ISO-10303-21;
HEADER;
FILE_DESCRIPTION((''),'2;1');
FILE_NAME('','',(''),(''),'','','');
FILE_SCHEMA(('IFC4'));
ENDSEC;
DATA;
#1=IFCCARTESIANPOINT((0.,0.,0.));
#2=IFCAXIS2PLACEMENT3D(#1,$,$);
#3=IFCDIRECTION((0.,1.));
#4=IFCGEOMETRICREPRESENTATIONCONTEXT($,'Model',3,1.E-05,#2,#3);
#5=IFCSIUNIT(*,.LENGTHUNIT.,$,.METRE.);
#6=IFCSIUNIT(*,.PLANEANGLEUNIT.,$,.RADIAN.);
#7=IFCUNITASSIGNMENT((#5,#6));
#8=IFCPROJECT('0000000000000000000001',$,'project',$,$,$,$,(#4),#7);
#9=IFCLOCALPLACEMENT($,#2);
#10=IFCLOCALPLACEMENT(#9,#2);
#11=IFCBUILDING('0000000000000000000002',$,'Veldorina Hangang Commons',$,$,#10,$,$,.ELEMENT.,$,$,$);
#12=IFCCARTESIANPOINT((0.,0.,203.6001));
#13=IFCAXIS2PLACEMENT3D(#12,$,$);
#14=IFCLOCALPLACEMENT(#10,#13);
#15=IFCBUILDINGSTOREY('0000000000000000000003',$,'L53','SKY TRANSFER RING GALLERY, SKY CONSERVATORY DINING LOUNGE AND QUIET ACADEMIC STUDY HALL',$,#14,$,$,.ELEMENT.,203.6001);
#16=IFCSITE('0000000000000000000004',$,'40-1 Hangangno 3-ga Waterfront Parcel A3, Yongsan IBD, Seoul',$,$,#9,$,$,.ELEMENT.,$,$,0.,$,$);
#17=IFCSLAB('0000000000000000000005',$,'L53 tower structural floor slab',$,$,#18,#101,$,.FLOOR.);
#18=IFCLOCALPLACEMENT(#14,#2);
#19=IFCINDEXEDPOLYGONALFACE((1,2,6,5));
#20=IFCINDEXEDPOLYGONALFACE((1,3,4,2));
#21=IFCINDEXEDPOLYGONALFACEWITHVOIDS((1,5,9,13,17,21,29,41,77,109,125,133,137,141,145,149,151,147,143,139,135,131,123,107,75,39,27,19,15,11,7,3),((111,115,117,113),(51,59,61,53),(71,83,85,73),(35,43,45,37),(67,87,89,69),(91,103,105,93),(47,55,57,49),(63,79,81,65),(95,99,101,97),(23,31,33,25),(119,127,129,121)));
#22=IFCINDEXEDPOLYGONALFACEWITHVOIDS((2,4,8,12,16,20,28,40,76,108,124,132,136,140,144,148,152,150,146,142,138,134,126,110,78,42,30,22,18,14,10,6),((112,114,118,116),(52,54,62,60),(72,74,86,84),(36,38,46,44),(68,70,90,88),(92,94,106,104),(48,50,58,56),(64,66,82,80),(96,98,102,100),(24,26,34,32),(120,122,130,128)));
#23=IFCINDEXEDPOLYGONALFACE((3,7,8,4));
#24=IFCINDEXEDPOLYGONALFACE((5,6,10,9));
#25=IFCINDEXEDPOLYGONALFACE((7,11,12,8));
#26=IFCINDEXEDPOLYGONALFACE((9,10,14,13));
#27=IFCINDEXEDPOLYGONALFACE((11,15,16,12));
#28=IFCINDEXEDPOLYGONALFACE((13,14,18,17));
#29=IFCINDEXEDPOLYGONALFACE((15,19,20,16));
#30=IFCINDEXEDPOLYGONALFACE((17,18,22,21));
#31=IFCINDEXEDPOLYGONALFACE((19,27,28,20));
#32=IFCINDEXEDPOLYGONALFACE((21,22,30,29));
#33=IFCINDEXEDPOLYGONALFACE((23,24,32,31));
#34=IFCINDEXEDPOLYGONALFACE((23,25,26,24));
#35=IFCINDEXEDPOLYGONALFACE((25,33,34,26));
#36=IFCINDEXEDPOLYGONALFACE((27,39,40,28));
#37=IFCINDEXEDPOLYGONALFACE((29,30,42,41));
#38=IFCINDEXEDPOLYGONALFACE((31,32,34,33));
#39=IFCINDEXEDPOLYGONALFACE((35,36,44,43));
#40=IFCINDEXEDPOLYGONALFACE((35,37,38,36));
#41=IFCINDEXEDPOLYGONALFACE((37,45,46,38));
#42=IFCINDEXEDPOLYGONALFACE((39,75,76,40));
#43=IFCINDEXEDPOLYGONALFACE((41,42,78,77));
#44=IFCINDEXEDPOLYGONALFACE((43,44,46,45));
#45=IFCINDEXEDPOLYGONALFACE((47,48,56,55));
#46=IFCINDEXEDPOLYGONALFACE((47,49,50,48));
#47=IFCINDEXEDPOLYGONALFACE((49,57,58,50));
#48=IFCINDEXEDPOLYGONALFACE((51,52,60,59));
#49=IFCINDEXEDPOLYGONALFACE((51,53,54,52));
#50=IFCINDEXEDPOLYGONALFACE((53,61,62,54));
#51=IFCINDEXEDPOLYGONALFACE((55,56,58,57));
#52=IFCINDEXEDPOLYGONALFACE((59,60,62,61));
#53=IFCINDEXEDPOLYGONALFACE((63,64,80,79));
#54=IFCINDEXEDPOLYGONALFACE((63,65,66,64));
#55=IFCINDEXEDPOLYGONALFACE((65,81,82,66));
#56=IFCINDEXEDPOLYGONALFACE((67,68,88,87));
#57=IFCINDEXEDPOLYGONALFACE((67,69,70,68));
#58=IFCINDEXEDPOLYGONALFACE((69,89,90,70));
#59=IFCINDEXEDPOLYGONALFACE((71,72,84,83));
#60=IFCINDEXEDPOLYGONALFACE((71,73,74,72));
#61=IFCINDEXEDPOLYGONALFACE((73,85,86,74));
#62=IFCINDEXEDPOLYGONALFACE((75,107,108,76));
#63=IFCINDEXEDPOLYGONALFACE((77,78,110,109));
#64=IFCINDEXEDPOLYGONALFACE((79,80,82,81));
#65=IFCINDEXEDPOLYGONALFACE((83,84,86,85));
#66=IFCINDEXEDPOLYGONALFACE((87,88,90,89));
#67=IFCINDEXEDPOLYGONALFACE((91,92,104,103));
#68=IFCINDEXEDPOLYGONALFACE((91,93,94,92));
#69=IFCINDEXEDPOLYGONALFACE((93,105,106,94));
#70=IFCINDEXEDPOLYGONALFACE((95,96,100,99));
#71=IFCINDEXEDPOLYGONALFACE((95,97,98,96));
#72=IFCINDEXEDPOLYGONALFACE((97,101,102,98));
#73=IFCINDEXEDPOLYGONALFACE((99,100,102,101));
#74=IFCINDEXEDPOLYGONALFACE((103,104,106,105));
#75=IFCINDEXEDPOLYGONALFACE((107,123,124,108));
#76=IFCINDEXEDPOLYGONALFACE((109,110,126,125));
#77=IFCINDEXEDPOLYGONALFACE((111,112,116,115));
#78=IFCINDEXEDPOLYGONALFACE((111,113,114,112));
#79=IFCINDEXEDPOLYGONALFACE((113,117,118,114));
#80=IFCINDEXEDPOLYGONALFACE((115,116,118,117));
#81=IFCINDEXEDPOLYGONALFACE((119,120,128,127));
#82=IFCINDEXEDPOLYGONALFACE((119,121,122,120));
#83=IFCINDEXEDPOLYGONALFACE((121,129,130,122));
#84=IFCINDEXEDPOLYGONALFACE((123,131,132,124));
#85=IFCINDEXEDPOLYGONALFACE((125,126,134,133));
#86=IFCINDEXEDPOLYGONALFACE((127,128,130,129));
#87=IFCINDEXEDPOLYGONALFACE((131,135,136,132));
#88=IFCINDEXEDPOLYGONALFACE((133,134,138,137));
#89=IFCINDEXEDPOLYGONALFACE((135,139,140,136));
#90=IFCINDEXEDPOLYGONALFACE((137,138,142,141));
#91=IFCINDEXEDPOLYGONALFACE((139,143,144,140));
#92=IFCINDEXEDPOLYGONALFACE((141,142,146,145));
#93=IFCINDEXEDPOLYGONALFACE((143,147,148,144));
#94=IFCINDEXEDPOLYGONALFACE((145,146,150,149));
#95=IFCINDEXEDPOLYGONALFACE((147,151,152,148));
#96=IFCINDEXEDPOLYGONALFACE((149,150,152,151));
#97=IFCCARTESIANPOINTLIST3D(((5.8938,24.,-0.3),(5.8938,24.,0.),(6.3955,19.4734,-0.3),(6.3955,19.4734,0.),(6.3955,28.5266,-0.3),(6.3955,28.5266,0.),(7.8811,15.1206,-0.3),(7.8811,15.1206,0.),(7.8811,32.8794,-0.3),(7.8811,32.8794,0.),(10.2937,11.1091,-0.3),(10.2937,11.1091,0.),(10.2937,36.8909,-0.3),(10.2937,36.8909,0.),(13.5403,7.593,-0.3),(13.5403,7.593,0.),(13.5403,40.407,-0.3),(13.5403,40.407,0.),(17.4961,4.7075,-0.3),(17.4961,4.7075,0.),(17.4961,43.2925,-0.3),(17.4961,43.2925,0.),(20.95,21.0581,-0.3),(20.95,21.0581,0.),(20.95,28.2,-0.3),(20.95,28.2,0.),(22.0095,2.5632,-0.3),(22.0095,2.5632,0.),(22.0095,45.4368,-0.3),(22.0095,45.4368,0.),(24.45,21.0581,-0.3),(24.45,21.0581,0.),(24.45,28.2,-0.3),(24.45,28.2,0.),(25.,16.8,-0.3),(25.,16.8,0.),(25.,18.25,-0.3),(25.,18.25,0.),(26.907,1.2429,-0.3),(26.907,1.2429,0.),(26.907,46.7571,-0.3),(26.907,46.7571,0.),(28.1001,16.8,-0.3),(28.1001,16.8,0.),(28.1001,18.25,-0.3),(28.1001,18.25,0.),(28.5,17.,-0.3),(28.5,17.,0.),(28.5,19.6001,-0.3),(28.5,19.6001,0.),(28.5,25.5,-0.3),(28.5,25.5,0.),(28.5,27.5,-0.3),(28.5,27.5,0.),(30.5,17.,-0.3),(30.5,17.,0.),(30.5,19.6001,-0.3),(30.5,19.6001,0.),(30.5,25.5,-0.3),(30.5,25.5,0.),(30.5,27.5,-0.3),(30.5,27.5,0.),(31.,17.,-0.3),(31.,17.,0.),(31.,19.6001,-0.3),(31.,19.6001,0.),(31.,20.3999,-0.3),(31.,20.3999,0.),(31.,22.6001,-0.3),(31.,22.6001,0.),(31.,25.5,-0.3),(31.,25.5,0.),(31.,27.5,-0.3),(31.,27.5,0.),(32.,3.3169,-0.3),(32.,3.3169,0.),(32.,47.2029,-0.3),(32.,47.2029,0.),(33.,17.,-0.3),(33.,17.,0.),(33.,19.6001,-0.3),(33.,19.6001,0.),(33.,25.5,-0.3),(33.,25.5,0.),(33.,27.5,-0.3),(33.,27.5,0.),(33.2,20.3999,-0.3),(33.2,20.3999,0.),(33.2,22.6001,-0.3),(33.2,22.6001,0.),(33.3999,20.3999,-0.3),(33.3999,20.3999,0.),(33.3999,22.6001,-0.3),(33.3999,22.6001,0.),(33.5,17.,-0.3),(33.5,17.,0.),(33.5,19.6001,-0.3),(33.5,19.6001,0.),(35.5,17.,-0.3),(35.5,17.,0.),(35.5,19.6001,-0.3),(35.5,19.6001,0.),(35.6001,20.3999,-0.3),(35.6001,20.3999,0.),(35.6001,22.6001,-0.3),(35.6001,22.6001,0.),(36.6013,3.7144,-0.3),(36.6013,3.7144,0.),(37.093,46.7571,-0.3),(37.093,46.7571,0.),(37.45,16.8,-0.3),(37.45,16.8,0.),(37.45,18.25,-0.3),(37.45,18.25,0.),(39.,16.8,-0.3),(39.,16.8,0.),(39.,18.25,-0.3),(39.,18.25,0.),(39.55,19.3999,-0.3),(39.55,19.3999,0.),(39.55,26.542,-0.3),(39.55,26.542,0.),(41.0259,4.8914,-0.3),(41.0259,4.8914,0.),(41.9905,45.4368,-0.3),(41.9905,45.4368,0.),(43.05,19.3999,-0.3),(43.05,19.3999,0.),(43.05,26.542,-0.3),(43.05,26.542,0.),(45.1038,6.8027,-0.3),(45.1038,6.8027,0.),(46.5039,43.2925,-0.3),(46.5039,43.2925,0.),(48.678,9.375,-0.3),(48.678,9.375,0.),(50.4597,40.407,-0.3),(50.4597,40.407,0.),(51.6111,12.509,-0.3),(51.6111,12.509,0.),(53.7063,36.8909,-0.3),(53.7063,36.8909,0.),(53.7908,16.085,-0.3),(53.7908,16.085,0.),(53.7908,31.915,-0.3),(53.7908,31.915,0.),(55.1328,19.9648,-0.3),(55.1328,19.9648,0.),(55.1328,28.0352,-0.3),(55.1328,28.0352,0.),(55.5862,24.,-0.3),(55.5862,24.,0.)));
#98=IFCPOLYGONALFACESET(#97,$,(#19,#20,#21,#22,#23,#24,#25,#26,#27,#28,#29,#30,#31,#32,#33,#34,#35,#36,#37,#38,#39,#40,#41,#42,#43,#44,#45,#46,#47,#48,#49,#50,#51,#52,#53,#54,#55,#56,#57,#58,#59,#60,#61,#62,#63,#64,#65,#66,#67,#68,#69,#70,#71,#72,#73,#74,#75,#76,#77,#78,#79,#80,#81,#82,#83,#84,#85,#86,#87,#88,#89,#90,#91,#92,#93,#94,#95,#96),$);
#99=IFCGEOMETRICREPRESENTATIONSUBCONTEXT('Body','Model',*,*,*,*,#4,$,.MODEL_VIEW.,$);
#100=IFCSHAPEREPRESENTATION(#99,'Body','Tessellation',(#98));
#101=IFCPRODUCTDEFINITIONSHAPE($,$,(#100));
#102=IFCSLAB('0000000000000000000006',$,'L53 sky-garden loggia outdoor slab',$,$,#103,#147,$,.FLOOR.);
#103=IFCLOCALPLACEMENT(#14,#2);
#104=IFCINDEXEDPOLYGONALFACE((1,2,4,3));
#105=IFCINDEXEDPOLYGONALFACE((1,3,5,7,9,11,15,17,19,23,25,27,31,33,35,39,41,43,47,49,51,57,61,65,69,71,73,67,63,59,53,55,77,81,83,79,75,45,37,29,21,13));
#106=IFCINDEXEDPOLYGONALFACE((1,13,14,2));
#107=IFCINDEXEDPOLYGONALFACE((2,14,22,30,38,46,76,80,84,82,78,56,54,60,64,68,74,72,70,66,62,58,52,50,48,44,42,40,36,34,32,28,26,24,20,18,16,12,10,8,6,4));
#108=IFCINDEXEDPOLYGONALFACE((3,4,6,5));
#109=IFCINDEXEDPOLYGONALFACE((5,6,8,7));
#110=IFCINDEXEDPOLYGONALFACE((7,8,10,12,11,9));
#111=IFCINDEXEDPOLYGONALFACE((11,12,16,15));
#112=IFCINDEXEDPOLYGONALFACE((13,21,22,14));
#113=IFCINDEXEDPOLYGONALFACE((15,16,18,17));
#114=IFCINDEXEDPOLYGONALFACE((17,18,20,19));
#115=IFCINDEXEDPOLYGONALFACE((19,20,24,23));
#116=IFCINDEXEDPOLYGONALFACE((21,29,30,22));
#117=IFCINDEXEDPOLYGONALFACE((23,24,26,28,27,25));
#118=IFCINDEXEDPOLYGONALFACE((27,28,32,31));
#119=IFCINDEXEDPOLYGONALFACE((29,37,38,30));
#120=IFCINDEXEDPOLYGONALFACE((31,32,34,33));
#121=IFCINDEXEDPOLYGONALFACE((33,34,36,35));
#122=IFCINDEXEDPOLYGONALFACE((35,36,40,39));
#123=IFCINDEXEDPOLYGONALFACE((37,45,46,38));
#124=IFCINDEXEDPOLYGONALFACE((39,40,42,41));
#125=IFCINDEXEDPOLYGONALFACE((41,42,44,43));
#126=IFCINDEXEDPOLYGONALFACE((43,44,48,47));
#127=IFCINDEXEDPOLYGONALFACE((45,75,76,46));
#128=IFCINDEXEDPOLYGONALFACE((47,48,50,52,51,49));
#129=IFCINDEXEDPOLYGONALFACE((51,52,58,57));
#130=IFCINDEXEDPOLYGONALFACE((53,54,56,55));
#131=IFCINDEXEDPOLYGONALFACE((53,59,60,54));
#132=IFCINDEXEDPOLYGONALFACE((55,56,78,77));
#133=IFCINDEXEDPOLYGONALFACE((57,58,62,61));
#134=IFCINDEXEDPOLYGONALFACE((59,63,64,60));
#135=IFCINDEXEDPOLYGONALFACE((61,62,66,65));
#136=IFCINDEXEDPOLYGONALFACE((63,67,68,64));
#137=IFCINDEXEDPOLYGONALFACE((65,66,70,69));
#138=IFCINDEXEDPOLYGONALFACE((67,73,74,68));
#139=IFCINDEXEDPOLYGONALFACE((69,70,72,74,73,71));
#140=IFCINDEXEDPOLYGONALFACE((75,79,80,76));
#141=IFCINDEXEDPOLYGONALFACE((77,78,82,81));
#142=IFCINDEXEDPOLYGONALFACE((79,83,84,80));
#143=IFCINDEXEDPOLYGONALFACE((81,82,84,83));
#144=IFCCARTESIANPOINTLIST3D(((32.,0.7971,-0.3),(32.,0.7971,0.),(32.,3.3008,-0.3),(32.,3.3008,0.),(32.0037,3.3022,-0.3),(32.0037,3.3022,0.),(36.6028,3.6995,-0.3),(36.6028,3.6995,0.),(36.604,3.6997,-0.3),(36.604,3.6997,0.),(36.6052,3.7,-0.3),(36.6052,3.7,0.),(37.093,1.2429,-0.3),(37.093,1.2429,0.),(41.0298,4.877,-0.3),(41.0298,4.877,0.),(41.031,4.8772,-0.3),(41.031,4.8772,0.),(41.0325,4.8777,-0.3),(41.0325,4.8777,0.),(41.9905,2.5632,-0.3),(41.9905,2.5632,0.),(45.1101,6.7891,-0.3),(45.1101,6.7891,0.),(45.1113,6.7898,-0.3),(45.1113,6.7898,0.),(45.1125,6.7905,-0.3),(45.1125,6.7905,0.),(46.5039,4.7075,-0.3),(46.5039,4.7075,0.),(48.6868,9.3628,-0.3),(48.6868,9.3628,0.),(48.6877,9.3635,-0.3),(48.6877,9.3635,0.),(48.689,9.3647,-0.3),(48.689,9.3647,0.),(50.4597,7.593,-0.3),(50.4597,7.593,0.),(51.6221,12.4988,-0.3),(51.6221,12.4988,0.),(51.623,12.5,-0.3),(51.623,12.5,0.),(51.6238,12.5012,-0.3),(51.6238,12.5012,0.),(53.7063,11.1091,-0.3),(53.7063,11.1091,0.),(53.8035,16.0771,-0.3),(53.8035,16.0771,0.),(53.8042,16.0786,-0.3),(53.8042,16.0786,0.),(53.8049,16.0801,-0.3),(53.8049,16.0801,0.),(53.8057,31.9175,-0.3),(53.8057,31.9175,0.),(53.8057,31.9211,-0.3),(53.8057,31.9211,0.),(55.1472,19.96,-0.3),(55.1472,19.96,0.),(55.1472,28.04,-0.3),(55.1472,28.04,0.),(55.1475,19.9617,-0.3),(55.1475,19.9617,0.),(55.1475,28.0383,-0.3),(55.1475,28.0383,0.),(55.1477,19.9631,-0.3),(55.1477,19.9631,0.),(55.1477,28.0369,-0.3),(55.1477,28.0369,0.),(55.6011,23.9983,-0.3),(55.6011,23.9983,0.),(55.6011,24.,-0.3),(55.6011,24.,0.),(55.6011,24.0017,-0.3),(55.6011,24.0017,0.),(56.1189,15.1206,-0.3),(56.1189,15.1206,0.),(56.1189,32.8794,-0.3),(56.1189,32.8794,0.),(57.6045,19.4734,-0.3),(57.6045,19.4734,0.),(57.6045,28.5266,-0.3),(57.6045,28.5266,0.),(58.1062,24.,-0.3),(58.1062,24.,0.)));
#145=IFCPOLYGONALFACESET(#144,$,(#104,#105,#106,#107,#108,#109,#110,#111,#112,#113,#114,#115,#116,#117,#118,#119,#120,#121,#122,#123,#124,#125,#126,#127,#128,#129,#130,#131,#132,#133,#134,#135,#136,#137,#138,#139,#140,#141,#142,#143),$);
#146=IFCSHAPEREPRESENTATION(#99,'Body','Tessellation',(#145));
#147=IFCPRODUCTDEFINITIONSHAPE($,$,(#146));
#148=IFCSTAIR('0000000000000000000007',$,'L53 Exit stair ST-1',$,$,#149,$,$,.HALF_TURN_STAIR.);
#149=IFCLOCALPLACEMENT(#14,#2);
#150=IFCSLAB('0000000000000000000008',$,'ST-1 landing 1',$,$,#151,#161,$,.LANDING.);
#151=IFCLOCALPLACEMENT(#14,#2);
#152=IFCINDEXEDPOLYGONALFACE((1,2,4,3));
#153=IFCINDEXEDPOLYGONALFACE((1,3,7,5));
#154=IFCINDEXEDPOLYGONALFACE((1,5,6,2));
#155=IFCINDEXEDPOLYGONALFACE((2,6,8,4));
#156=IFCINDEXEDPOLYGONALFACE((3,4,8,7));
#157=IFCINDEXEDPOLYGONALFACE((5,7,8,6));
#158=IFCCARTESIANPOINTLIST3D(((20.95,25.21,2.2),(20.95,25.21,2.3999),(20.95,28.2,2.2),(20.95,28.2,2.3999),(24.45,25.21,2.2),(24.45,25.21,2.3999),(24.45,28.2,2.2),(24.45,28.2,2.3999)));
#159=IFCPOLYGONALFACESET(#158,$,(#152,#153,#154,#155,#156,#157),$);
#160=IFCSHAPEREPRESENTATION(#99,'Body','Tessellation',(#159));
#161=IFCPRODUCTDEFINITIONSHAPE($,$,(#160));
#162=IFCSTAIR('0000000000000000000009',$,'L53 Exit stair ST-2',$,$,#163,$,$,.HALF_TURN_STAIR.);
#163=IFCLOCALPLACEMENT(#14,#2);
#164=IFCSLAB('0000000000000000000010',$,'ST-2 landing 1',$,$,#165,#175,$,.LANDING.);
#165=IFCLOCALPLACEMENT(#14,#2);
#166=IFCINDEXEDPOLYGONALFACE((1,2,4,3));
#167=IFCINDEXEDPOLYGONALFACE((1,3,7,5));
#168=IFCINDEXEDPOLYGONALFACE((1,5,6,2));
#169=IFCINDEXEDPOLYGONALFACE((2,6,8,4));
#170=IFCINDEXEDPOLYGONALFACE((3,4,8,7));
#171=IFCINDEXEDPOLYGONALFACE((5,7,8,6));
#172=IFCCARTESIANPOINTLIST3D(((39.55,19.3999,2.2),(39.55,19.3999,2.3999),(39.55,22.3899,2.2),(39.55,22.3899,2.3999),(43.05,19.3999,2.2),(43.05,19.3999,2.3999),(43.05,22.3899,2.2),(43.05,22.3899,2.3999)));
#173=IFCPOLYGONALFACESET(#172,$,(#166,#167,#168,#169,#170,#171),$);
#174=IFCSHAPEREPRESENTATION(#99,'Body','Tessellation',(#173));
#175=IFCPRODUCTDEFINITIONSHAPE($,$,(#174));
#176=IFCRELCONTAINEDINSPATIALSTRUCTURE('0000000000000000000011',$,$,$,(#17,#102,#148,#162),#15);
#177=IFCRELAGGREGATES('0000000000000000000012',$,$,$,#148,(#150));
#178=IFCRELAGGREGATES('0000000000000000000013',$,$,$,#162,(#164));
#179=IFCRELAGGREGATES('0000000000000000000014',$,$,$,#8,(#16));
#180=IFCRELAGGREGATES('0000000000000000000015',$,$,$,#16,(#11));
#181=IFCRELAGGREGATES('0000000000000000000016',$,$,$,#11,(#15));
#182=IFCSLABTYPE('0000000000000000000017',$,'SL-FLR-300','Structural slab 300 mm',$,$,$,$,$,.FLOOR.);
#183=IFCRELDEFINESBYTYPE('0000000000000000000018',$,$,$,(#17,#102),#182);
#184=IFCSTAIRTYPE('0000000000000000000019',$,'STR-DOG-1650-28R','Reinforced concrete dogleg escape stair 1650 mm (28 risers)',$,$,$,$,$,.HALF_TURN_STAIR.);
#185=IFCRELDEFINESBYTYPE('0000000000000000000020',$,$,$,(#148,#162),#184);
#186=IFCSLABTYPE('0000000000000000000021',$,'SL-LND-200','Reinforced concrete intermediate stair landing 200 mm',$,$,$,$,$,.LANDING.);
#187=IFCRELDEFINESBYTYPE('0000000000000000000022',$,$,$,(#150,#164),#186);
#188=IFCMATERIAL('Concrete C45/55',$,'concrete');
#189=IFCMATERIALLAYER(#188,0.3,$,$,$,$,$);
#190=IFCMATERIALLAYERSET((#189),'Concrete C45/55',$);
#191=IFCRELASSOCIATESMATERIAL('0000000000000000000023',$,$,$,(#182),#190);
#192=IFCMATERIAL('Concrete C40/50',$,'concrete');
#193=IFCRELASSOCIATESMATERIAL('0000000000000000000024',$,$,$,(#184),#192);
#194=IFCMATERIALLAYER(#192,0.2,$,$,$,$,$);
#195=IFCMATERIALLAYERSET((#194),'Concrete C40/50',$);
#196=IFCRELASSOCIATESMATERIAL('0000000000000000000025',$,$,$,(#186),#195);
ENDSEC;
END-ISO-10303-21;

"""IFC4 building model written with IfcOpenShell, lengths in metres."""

from ifc_helpers import new_model, si_unit, direction, frame, origin, place, context, subcontext, project, spatial, polyline, outline, extrude, material, layer, layer_set, type_object, element, aggregate, save


model = new_model("IFC4")

# Units and contexts
model_context = context("Model", 3, precision=1e-05, world=origin(), true_north=direction((0.0, 1.0)))
body_context = subcontext(model_context, "Body", "Model", "MODEL_VIEW")
ifc_project = project(units=[si_unit("LENGTHUNIT", "METRE"), si_unit("PLANEANGLEUNIT", "RADIAN")], contexts=[model_context])

# Site, building, storey
site_placement = place(None, origin())
site = spatial("IfcSite", under=ifc_project, at=site_placement, Name="40-1 Hangangno 3-ga Waterfront Parcel A3, Yongsan IBD, Seoul", CompositionType="ELEMENT", RefElevation=0.0)
building_placement = place(site_placement, origin())
building = spatial("IfcBuilding", under=site, at=building_placement, Name="Veldorina Hangang Commons", CompositionType="ELEMENT")
storey_placement = place(building_placement, frame((0.0, 0.0, 203.6001)))
storey = spatial("IfcBuildingStorey", under=building, at=storey_placement, Name="L53", Description="SKY TRANSFER RING GALLERY, SKY CONSERVATORY DINING LOUNGE AND QUIET ACADEMIC STUDY HALL", CompositionType="ELEMENT", Elevation=203.6001)

# Slabs
ifc_material_1 = material(Name="Concrete C45/55", Category="concrete")
ifc_layer_1 = layer(ifc_material_1, 0.3)
ifc_layer_set_1 = layer_set([ifc_layer_1], Name="Concrete C45/55")
slab_type_1 = type_object("IfcSlabType", Name="SL-FLR-300", Description="Structural slab 300 mm", PredefinedType="FLOOR", material=ifc_layer_set_1)
slab_1_placement = place(storey_placement, frame((0.0, 0.0, -0.3)))
element("IfcSlab", 1, at=slab_1_placement, inside=storey, type_object=slab_type_1, Name="L53 tower structural floor slab", PredefinedType="FLOOR", context=body_context, shape_type="SweptSolid", body=[
    extrude(outline(polyline([(55.5862, 24.0), (55.1328, 28.0352), (53.7908, 31.915), (53.7063, 36.8909), (50.4597, 40.407), (46.5039, 43.2925), (41.9905, 45.4368), (37.093, 46.7571), (32.0, 47.2029), (26.907, 46.7571), (22.0095, 45.4368), (17.4961, 43.2925), (13.5403, 40.407), (10.2937, 36.8909), (7.8811, 32.8794), (6.3955, 28.5266), (5.8938, 24.0), (6.3955, 19.4734), (7.8811, 15.1206), (10.2937, 11.1091), (13.5403, 7.593), (17.4961, 4.7075), (22.0095, 2.5632), (26.907, 1.2429), (32.0, 3.3169), (36.6013, 3.7144), (41.0259, 4.8914), (45.1038, 6.8027), (48.678, 9.375), (51.6111, 12.509), (53.7908, 16.085), (55.1328, 19.9648), (55.5862, 24.0)]), holes=[polyline([(20.95, 21.0581), (20.95, 28.2), (24.45, 28.2), (24.45, 21.0581), (20.95, 21.0581)]), polyline([(43.05, 26.542), (43.05, 19.3999), (39.55, 19.3999), (39.55, 26.542), (43.05, 26.542)]), polyline([(28.5, 27.5), (30.5, 27.5), (30.5, 25.5), (28.5, 25.5), (28.5, 27.5)]), polyline([(31.0, 27.5), (33.0, 27.5), (33.0, 25.5), (31.0, 25.5), (31.0, 27.5)]), polyline([(31.0, 22.6001), (33.2, 22.6001), (33.2, 20.3999), (31.0, 20.3999), (31.0, 22.6001)]), polyline([(33.3999, 22.6001), (35.6001, 22.6001), (35.6001, 20.3999), (33.3999, 20.3999), (33.3999, 22.6001)]), polyline([(28.5, 19.6001), (30.5, 19.6001), (30.5, 17.0), (28.5, 17.0), (28.5, 19.6001)]), polyline([(31.0, 19.6001), (33.0, 19.6001), (33.0, 17.0), (31.0, 17.0), (31.0, 19.6001)]), polyline([(33.5, 19.6001), (35.5, 19.6001), (35.5, 17.0), (33.5, 17.0), (33.5, 19.6001)]), polyline([(25.0, 18.25), (28.1001, 18.25), (28.1001, 16.8), (25.0, 16.8), (25.0, 18.25)]), polyline([(37.45, 18.25), (39.0, 18.25), (39.0, 16.8), (37.45, 16.8), (37.45, 18.25)])]), origin(), (0.0, 0.0, 1.0), 0.3),
])
slab_2_placement = place(storey_placement, frame((0.0, 0.0, -0.3)))
element("IfcSlab", 2, at=slab_2_placement, inside=storey, type_object=slab_type_1, Name="L53 sky-garden loggia outdoor slab", PredefinedType="FLOOR", context=body_context, shape_type="SweptSolid", body=[
    extrude(outline(polyline([(56.1189, 32.8794), (57.6045, 28.5266), (58.1062, 24.0), (57.6045, 19.4734), (56.1189, 15.1206), (53.7063, 11.1091), (50.4597, 7.593), (46.5039, 4.7075), (41.9905, 2.5632), (37.093, 1.2429), (32.0, 0.7971), (32.0, 3.3008), (32.0037, 3.3022), (36.6028, 3.6995), (36.604, 3.6997), (36.6052, 3.7), (41.0298, 4.877), (41.031, 4.8772), (41.0325, 4.8777), (45.1101, 6.7891), (45.1113, 6.7898), (45.1125, 6.7905), (48.6868, 9.3628), (48.6877, 9.3635), (48.689, 9.3647), (51.6221, 12.4988), (51.623, 12.5), (51.6238, 12.5012), (53.8035, 16.0771), (53.8042, 16.0786), (53.8049, 16.0801), (55.1472, 19.96), (55.1475, 19.9617), (55.1477, 19.9631), (55.6011, 23.9983), (55.6011, 24.0), (55.6011, 24.0017), (55.1477, 28.0369), (55.1475, 28.0383), (55.1472, 28.04), (53.8057, 31.9175), (53.8057, 31.9211), (56.1189, 32.8794)])), origin(), (0.0, 0.0, 1.0), 0.3),
])

# Stairs, slabs
ifc_material_2 = material(Name="Concrete C40/50", Category="concrete")
stair_type = type_object("IfcStairType", Name="STR-DOG-1650-28R", Description="Reinforced concrete dogleg escape stair 1650 mm (28 risers)", PredefinedType="HALF_TURN_STAIR", material=ifc_material_2)
stair_1_placement = place(storey_placement, origin())
stair_1 = element("IfcStair", 3, at=stair_1_placement, inside=storey, type_object=stair_type, Name="L53 Exit stair ST-1", PredefinedType="HALF_TURN_STAIR")
ifc_layer_2 = layer(ifc_material_2, 0.2)
ifc_layer_set_2 = layer_set([ifc_layer_2], Name="Concrete C40/50")
slab_type_2 = type_object("IfcSlabType", Name="SL-LND-200", Description="Reinforced concrete intermediate stair landing 200 mm", PredefinedType="LANDING", material=ifc_layer_set_2)
slab_3_placement = place(storey_placement, frame((0.0, 0.0, 2.2)))
slab_3 = element("IfcSlab", 4, at=slab_3_placement, type_object=slab_type_2, Name="ST-1 landing 1", PredefinedType="LANDING", context=body_context, shape_type="SweptSolid", body=[
    extrude(outline(polyline([(24.45, 25.21), (24.45, 28.2), (20.95, 28.2), (20.95, 25.21), (24.45, 25.21)])), origin(), (0.0, 0.0, 1.0), 0.2),
])
aggregate(stair_1, [slab_3])
stair_2_placement = place(storey_placement, origin())
stair_2 = element("IfcStair", 5, at=stair_2_placement, inside=storey, type_object=stair_type, Name="L53 Exit stair ST-2", PredefinedType="HALF_TURN_STAIR")
slab_4_placement = place(storey_placement, frame((0.0, 0.0, 2.2)))
slab_4 = element("IfcSlab", 6, at=slab_4_placement, type_object=slab_type_2, Name="ST-2 landing 1", PredefinedType="LANDING", context=body_context, shape_type="SweptSolid", body=[
    extrude(outline(polyline([(39.55, 22.3899), (39.55, 19.3999), (43.05, 19.3999), (43.05, 22.3899), (39.55, 22.3899)])), origin(), (0.0, 0.0, 1.0), 0.2),
])
aggregate(stair_2, [slab_4])

save(model, "model.ifc")
